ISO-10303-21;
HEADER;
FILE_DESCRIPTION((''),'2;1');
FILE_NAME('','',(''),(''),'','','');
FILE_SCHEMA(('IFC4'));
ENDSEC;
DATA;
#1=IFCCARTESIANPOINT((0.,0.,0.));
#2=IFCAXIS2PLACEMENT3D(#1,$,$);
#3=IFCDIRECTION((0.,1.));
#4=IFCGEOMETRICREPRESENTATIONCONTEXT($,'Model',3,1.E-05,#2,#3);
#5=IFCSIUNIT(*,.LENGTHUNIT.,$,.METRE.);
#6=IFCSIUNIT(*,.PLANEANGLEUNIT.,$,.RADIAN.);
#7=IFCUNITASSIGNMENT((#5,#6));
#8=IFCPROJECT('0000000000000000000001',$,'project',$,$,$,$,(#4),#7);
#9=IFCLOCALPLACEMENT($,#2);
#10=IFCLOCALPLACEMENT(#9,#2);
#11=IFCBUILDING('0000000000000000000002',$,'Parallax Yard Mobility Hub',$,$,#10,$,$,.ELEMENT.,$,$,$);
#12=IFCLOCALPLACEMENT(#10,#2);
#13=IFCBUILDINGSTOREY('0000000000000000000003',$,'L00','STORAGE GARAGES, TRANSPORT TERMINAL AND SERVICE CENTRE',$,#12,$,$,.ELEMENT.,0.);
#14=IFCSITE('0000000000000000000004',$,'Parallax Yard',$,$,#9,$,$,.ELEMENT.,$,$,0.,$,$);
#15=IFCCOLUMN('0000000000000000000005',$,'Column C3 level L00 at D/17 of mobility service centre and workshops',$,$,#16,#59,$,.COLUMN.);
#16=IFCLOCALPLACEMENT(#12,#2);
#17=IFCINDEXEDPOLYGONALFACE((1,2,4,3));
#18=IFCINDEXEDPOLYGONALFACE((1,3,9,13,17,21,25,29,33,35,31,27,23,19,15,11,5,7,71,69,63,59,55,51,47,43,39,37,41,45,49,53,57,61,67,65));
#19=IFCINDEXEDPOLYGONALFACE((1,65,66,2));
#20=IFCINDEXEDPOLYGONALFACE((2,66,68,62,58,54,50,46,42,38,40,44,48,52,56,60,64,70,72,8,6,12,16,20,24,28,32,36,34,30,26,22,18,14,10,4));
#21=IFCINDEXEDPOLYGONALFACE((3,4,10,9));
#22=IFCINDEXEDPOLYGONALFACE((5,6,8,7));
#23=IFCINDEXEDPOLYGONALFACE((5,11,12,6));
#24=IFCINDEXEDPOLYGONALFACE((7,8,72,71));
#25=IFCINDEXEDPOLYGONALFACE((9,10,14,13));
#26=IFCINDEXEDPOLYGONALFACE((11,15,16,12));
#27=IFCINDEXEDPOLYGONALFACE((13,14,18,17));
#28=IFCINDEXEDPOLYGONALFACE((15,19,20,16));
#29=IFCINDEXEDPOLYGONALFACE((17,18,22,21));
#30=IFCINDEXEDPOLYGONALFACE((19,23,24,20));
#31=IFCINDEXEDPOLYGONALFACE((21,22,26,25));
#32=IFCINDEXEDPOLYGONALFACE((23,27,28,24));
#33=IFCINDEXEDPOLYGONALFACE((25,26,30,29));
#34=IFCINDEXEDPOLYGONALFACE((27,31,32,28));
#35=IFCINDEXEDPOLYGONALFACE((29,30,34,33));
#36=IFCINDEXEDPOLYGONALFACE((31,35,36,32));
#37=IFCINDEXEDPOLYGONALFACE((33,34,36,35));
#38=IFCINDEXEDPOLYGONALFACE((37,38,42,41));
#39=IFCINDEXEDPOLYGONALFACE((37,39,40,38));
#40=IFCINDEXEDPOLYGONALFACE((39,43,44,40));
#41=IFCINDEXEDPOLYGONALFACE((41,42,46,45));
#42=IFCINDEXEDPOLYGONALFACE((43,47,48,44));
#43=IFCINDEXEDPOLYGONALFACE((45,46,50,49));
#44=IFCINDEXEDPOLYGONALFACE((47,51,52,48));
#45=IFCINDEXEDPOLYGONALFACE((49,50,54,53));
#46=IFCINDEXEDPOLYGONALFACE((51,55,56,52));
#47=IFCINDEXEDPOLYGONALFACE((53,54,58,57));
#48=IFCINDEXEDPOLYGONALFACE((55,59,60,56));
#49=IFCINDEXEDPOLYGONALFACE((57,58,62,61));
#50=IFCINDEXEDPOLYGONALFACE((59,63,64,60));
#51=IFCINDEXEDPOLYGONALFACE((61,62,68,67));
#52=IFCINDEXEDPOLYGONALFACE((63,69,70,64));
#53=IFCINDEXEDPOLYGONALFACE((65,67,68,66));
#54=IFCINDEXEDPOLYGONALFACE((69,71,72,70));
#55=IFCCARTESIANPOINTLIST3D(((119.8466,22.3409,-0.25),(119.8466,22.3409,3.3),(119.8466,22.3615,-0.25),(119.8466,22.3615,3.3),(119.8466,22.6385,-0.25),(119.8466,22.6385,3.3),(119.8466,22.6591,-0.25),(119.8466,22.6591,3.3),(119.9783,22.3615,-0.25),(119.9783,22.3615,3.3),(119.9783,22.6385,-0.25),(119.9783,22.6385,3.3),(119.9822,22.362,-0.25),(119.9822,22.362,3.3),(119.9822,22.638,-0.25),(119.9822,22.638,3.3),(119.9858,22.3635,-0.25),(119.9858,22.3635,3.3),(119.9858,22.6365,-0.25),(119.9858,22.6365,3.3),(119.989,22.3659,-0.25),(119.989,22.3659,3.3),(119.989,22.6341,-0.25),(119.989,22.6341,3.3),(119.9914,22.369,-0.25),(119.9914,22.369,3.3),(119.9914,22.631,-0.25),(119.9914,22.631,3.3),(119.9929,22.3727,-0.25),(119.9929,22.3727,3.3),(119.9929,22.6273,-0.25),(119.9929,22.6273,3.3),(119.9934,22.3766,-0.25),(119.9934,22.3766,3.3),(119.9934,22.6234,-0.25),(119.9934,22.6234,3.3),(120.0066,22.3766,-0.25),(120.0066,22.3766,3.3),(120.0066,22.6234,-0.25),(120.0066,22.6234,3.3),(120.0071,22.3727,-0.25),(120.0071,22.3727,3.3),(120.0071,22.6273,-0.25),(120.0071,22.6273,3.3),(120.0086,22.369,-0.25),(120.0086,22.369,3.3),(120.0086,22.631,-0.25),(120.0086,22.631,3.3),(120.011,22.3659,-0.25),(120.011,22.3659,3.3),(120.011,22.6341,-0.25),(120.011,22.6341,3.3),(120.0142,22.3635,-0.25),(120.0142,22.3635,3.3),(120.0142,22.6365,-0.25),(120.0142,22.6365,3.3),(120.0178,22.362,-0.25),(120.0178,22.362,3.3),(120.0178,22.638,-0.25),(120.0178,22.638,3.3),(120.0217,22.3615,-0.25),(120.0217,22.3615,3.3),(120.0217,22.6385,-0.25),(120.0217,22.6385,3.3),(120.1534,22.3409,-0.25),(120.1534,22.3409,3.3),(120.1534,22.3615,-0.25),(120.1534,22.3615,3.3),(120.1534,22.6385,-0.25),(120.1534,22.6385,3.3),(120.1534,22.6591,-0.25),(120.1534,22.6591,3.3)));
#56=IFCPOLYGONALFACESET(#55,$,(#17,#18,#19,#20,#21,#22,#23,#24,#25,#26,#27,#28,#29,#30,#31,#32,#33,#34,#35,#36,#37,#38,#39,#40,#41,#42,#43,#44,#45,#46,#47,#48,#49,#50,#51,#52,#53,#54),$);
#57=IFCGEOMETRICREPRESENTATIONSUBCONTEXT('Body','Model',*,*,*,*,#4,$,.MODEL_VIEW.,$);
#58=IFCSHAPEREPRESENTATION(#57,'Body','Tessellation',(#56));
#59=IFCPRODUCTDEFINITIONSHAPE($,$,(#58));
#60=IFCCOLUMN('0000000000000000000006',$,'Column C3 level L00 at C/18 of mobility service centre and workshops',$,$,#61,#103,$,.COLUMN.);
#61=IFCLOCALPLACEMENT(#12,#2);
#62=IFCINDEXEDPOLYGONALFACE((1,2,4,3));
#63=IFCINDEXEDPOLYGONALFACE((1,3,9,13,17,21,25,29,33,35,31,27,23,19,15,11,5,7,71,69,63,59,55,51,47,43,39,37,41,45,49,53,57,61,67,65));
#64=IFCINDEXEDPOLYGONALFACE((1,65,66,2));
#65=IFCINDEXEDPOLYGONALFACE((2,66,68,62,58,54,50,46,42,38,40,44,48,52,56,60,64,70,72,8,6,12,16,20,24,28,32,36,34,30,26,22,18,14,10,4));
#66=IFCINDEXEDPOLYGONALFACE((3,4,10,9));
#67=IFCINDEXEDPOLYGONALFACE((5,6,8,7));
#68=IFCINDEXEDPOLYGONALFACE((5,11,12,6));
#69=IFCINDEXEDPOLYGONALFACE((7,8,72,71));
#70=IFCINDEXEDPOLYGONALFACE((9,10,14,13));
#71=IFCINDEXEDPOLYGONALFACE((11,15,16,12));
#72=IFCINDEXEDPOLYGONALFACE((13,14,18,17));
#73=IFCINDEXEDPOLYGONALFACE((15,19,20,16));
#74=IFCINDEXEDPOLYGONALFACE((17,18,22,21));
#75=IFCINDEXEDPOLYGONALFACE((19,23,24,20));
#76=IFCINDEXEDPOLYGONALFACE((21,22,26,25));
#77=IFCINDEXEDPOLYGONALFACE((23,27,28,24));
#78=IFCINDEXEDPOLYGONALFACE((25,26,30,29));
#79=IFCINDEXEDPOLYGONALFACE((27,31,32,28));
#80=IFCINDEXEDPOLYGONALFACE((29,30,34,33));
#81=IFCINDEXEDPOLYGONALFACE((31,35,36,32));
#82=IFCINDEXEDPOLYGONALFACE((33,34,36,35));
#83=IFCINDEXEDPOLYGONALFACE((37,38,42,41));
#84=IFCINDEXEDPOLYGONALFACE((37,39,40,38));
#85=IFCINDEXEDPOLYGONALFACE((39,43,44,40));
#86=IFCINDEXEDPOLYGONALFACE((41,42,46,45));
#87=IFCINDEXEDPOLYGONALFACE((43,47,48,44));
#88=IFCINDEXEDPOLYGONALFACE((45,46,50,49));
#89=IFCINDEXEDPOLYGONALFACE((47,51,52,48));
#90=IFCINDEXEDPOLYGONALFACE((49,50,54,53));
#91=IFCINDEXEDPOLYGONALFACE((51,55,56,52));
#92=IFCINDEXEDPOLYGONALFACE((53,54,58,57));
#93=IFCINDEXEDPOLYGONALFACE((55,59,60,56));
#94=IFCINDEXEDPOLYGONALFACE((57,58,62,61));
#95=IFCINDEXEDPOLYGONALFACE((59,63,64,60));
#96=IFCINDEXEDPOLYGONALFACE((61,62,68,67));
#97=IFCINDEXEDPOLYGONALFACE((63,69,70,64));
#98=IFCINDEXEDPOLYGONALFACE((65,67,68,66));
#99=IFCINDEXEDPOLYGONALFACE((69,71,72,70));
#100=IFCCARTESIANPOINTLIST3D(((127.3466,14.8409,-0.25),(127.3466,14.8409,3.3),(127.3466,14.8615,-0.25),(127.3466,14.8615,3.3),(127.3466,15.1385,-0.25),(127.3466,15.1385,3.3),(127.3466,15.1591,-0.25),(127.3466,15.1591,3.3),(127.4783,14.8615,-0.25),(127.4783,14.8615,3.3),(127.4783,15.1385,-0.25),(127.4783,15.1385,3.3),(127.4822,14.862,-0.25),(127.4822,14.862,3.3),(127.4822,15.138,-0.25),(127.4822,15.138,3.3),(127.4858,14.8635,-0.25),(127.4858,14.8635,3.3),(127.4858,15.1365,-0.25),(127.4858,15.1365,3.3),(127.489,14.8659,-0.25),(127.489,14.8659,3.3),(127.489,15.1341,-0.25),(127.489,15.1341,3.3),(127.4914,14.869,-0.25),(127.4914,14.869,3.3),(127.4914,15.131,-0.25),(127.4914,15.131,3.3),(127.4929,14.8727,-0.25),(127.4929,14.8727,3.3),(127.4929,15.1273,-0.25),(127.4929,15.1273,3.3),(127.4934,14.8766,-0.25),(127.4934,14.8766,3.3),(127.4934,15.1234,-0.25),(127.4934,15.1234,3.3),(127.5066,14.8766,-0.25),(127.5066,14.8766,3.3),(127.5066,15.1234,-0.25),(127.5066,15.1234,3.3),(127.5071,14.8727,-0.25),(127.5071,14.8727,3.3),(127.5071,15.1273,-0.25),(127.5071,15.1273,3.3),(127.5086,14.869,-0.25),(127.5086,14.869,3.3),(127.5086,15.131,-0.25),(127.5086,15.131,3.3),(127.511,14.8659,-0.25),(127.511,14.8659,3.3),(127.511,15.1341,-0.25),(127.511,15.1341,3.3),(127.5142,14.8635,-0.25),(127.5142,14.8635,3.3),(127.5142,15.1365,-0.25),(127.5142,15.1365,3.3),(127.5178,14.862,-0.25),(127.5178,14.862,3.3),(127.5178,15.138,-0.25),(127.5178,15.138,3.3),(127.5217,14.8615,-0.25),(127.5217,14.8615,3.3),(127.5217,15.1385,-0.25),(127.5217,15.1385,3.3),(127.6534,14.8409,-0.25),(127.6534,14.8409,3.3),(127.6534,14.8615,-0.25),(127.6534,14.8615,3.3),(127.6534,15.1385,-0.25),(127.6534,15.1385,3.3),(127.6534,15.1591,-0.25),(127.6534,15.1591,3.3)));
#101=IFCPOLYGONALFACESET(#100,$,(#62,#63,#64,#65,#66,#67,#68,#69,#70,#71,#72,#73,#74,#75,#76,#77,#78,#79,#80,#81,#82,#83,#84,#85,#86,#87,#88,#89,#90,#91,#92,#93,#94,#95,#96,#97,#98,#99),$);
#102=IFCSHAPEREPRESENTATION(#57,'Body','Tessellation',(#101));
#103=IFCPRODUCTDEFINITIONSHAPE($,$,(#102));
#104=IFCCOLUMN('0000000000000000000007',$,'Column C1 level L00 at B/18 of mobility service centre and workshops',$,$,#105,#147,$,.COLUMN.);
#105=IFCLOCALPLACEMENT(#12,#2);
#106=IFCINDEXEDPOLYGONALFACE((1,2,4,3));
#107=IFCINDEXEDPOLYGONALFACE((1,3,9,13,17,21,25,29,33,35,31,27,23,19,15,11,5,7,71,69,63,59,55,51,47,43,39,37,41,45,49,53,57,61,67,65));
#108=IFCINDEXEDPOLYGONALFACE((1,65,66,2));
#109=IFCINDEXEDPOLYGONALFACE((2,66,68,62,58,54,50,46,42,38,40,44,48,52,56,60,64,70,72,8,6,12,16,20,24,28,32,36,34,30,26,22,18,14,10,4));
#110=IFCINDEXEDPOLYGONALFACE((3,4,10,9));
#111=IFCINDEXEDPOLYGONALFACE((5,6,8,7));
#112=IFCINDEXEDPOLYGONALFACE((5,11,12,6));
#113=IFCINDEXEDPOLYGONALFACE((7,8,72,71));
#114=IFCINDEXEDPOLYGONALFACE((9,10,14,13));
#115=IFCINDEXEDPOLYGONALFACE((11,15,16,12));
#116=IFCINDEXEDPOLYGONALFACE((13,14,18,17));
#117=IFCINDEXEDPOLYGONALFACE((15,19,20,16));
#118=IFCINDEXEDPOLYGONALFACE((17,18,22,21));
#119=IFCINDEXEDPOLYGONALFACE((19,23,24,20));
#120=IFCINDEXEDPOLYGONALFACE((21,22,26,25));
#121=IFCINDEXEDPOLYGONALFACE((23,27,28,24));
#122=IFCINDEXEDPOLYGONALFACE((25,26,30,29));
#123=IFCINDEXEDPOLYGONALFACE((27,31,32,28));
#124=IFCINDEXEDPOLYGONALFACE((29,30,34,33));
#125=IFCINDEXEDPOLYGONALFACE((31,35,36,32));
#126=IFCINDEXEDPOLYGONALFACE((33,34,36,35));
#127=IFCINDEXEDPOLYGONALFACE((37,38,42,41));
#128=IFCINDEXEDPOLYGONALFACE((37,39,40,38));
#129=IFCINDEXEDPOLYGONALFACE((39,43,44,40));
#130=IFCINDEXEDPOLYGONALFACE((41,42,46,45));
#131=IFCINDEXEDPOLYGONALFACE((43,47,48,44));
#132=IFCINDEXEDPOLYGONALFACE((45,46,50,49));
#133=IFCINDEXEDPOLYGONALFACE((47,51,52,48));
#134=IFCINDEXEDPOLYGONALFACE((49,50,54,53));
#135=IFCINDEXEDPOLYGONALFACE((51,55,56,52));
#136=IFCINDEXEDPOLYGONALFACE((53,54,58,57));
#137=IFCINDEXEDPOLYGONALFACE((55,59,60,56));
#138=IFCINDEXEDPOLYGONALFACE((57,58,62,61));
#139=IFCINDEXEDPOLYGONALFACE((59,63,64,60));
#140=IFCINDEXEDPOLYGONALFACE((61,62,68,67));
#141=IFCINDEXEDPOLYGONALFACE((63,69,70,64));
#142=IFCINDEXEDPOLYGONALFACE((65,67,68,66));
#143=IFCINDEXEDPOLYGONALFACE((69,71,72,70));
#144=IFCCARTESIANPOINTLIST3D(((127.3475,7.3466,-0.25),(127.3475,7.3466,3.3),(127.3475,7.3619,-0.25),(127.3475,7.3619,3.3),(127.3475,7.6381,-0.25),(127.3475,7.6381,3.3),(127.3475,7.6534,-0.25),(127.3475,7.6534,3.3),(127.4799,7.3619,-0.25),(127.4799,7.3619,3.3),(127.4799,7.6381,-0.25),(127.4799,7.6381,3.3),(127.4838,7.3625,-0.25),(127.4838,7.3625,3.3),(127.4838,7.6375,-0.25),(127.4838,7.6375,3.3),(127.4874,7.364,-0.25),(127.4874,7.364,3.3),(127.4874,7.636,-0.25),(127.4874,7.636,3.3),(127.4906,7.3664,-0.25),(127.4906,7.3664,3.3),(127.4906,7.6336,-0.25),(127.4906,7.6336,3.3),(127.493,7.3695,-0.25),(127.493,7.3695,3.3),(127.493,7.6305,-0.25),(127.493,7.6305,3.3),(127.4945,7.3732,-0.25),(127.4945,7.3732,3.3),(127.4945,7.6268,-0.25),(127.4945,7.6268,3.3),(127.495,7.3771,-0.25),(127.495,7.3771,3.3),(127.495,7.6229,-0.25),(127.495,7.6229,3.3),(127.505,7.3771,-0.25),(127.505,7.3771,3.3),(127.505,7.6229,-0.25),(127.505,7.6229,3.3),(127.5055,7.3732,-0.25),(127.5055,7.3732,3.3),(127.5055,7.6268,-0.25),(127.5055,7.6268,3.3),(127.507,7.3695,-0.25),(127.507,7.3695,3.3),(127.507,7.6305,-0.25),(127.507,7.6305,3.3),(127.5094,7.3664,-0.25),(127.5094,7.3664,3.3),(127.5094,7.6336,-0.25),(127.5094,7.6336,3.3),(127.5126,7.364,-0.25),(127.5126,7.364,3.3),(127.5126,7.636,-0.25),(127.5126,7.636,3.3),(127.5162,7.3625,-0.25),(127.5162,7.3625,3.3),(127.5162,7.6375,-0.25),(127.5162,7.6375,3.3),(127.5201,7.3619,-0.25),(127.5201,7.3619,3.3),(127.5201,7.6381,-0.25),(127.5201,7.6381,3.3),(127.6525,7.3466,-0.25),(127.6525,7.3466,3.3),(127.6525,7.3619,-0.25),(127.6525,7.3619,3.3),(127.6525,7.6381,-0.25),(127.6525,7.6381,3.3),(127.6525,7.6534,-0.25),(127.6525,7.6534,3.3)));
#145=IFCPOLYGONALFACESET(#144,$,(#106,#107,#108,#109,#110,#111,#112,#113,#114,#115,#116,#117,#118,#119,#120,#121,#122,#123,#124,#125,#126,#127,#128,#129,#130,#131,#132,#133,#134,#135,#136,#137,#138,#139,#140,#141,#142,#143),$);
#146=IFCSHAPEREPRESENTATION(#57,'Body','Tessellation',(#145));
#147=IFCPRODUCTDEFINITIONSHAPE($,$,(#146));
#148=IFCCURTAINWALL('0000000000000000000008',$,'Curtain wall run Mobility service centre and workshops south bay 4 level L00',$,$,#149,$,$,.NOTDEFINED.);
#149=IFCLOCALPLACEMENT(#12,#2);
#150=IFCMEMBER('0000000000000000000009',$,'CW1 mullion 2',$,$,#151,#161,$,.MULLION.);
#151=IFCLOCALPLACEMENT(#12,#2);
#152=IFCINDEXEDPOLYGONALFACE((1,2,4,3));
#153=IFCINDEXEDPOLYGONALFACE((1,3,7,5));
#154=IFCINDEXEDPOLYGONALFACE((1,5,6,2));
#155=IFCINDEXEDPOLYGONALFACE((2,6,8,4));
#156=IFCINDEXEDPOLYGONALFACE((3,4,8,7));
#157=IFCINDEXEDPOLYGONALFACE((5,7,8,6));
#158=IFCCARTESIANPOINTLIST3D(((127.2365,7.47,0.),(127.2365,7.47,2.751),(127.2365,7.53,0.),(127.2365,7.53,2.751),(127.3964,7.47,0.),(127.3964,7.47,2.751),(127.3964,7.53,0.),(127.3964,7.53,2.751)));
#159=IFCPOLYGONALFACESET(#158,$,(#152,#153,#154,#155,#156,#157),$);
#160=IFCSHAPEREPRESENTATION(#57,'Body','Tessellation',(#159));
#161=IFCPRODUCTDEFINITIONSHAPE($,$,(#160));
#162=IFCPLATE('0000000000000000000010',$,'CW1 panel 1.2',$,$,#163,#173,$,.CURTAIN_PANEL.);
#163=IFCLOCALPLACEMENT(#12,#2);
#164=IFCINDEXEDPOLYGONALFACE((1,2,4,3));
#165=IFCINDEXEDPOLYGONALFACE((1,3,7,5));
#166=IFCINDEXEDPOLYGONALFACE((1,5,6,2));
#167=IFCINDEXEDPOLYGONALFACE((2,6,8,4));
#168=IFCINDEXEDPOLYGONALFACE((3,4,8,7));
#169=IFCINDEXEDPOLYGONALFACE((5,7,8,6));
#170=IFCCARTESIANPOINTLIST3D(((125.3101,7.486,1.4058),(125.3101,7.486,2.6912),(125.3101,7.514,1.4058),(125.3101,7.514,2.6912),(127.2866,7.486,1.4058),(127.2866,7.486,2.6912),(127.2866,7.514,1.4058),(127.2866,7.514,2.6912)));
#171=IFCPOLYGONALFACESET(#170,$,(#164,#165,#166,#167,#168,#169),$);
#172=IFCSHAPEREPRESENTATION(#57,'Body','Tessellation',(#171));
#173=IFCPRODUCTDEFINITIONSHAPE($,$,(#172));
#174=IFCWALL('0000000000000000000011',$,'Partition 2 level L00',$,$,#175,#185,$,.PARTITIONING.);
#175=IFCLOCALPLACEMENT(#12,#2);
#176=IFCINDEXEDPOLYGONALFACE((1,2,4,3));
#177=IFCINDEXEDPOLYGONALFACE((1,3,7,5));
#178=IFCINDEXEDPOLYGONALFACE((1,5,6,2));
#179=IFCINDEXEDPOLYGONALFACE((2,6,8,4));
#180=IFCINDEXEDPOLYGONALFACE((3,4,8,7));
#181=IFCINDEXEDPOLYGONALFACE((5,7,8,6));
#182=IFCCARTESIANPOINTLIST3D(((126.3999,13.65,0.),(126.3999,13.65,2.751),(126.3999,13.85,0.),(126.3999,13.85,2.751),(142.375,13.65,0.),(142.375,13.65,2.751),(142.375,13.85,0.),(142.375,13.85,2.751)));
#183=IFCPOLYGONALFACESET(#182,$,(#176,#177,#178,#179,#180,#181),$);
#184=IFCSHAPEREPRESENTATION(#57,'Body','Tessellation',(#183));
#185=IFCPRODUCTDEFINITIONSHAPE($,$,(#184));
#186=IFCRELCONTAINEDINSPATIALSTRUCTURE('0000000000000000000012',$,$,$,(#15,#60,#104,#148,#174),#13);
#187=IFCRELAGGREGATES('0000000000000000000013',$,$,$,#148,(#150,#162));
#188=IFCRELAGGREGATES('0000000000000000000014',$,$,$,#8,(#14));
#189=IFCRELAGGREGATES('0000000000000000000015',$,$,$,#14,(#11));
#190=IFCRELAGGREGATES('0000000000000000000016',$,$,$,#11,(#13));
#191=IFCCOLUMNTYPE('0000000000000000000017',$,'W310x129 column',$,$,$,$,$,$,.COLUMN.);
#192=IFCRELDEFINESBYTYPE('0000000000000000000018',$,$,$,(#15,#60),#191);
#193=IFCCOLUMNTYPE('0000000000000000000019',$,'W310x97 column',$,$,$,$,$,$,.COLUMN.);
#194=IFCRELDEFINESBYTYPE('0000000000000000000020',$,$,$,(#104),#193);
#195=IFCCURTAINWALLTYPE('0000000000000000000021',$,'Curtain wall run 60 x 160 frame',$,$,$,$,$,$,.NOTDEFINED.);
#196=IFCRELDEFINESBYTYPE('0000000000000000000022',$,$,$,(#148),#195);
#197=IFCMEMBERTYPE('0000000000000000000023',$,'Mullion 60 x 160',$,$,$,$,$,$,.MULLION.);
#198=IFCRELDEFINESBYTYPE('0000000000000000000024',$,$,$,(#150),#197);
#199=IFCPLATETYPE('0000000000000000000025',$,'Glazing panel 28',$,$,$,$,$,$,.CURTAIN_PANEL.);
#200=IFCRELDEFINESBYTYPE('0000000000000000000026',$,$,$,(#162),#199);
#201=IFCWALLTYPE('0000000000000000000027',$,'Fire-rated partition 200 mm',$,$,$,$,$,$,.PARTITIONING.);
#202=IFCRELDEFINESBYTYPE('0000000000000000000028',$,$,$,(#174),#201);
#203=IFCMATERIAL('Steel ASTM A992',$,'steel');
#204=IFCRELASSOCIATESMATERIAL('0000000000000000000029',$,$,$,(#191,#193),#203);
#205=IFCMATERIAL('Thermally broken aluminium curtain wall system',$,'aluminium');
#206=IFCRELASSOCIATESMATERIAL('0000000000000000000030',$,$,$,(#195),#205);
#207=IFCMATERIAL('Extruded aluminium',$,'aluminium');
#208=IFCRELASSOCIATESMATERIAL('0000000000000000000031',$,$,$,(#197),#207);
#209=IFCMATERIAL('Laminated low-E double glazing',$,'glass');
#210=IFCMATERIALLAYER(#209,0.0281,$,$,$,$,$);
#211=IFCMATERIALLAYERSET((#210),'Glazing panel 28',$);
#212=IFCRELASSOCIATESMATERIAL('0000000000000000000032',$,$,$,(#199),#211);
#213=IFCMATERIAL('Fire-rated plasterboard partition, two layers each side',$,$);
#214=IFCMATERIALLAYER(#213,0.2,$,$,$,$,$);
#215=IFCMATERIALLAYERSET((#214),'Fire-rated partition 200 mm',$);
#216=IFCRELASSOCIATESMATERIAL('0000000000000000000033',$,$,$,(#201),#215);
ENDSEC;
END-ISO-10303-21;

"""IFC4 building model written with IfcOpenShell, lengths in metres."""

from ifc_helpers import new_model, si_unit, direction, frame, frame_2d, origin, origin_2d, place, context, subcontext, project, spatial, rectangle, i_section, extrude, material, layer, layer_set, material_profile, profile_set, type_object, element, aggregate, save


model = new_model("IFC4")

# Units and contexts
model_context = context("Model", 3, precision=1e-05, world=origin(), true_north=direction((0.0, 1.0)))
body_context = subcontext(model_context, "Body", "Model", "MODEL_VIEW")
ifc_project = project(units=[si_unit("LENGTHUNIT", "METRE"), si_unit("PLANEANGLEUNIT", "RADIAN")], contexts=[model_context])

# Site, building, storey
site_placement = place(None, origin())
site = spatial("IfcSite", under=ifc_project, at=site_placement, Name="Parallax Yard", CompositionType="ELEMENT", RefElevation=0.0)
building_placement = place(site_placement, origin())
building = spatial("IfcBuilding", under=site, at=building_placement, Name="Parallax Yard Mobility Hub", CompositionType="ELEMENT")
storey_placement = place(building_placement, origin())
storey = spatial("IfcBuildingStorey", under=building, at=storey_placement, Name="L00", Description="STORAGE GARAGES, TRANSPORT TERMINAL AND SERVICE CENTRE", CompositionType="ELEMENT", Elevation=0.0)

# Columns
ifc_material_1 = material(Name="Steel ASTM A992", Category="steel")
ifc_material_profile_1 = material_profile(ifc_material_1, i_section(OverallWidth=0.3069, OverallDepth=0.3181, WebThickness=0.0132, FlangeThickness=0.0205, FilletRadius=0.0151, at=origin_2d()), Name="W310x129")
ifc_profile_set_1 = profile_set([ifc_material_profile_1], Name="Steel ASTM A992")
column_type_1 = type_object("IfcColumnType", Name="W310x129 column", PredefinedType="COLUMN", material=ifc_profile_set_1)
for number, where, z_axis, x_axis, name in (
    (1, (120.0, 22.5, -0.25), (0.0, 0.0, 1.0), (1.0, 0.0, 0.0), "Column C3 level L00 at D/17 of mobility service centre and workshops"),
    (2, (127.5, 15.0, -0.25), (0.0, 0.0, 1.0), (1.0, 0.0, 0.0), "Column C3 level L00 at C/18 of mobility service centre and workshops"),
):
    element("IfcColumn", number, at=place(storey_placement, frame(where, z_axis=z_axis, x_axis=x_axis)), inside=storey, type_object=column_type_1, Name=name, PredefinedType="COLUMN", context=body_context, shape_type="SweptSolid", body=[
        extrude(i_section(OverallWidth=0.3069, OverallDepth=0.3181, WebThickness=0.0132, FlangeThickness=0.0205, FilletRadius=0.0151, at=origin_2d()), origin(), (0.0, 0.0, 1.0), 3.55),
    ])
ifc_material_profile_2 = material_profile(ifc_material_1, i_section(OverallWidth=0.3049, OverallDepth=0.3069, WebThickness=0.01, FlangeThickness=0.0154, FilletRadius=0.0151, at=origin_2d()), Name="W310x97")
ifc_profile_set_2 = profile_set([ifc_material_profile_2], Name="Steel ASTM A992")
column_type_2 = type_object("IfcColumnType", Name="W310x97 column", PredefinedType="COLUMN", material=ifc_profile_set_2)
column_placement = place(storey_placement, frame((127.5, 7.5, -0.25), z_axis=(0.0, 0.0, 1.0), x_axis=(1.0, 0.0, 0.0)))
element("IfcColumn", 3, at=column_placement, inside=storey, type_object=column_type_2, Name="Column C1 level L00 at B/18 of mobility service centre and workshops", PredefinedType="COLUMN", context=body_context, shape_type="SweptSolid", body=[
    extrude(i_section(OverallWidth=0.3049, OverallDepth=0.3069, WebThickness=0.01, FlangeThickness=0.0154, FilletRadius=0.0151, at=origin_2d()), origin(), (0.0, 0.0, 1.0), 3.55),
])

# Curtain wall, member, plate
ifc_material_2 = material(Name="Thermally broken aluminium curtain wall system", Category="aluminium")
curtain_wall_type = type_object("IfcCurtainWallType", Name="Curtain wall run 60 x 160 frame", PredefinedType="NOTDEFINED", material=ifc_material_2)
curtain_wall_placement = place(storey_placement, origin())
curtain_wall = element("IfcCurtainWall", 4, at=curtain_wall_placement, inside=storey, type_object=curtain_wall_type, Name="Curtain wall run Mobility service centre and workshops south bay 4 level L00", PredefinedType="NOTDEFINED")
ifc_material_3 = material(Name="Extruded aluminium", Category="aluminium")
ifc_material_profile_3 = material_profile(ifc_material_3, rectangle(XDim=0.0601, YDim=0.1599, at=origin_2d()), Name="Mullion 60 x 160")
ifc_profile_set_3 = profile_set([ifc_material_profile_3], Name="Extruded aluminium")
member_type = type_object("IfcMemberType", Name="Mullion 60 x 160", PredefinedType="MULLION", material=ifc_profile_set_3)
member_placement = place(storey_placement, frame((127.3164, 7.5, 0.0), z_axis=(0.0, 0.0, 1.0), x_axis=(0.0, 1.0, 0.0)))
member = element("IfcMember", 5, at=member_placement, type_object=member_type, Name="CW1 mullion 2", PredefinedType="MULLION", context=body_context, shape_type="SweptSolid", body=[
    extrude(rectangle(XDim=0.0601, YDim=0.1599, at=origin_2d()), origin(), (0.0, 0.0, 1.0), 2.751),
])
ifc_material_4 = material(Name="Laminated low-E double glazing", Category="glass")
ifc_layer_1 = layer(ifc_material_4, 0.0281)
ifc_layer_set_1 = layer_set([ifc_layer_1], Name="Glazing panel 28")
plate_type = type_object("IfcPlateType", Name="Glazing panel 28", PredefinedType="CURTAIN_PANEL", material=ifc_layer_set_1)
plate_placement = place(storey_placement, frame((126.2983, 7.5, 1.4058), z_axis=(0.0, 0.0, 1.0), x_axis=(1.0, 0.0, 0.0)))
plate = element("IfcPlate", 6, at=plate_placement, type_object=plate_type, Name="CW1 panel 1.2", PredefinedType="CURTAIN_PANEL", context=body_context, shape_type="SweptSolid", body=[
    extrude(rectangle(XDim=1.9766, YDim=0.0281, at=origin_2d()), origin(), (0.0, 0.0, 1.0), 1.2854),
])
aggregate(curtain_wall, [member, plate])

# Wall
ifc_material_5 = material(Name="Fire-rated plasterboard partition, two layers each side")
ifc_layer_2 = layer(ifc_material_5, 0.2)
ifc_layer_set_2 = layer_set([ifc_layer_2], Name="Fire-rated partition 200 mm")
wall_type = type_object("IfcWallType", Name="Fire-rated partition 200 mm", PredefinedType="PARTITIONING", material=ifc_layer_set_2)
for number, where, z_axis, x_axis, name in (
    (7, (126.3999, 13.75, 0.0), (0.0, 0.0, 1.0), (1.0, 0.0, 0.0), "Partition 2 level L00"),
):
    element("IfcWall", number, at=place(storey_placement, frame(where, z_axis=z_axis, x_axis=x_axis)), inside=storey, type_object=wall_type, Name=name, PredefinedType="PARTITIONING", context=body_context, shape_type="SweptSolid", body=[
        extrude(rectangle(XDim=15.9751, YDim=0.2, at=frame_2d((7.9875, 0.0))), origin(), (0.0, 0.0, 1.0), 2.751),
    ])

save(model, "model.ifc")
